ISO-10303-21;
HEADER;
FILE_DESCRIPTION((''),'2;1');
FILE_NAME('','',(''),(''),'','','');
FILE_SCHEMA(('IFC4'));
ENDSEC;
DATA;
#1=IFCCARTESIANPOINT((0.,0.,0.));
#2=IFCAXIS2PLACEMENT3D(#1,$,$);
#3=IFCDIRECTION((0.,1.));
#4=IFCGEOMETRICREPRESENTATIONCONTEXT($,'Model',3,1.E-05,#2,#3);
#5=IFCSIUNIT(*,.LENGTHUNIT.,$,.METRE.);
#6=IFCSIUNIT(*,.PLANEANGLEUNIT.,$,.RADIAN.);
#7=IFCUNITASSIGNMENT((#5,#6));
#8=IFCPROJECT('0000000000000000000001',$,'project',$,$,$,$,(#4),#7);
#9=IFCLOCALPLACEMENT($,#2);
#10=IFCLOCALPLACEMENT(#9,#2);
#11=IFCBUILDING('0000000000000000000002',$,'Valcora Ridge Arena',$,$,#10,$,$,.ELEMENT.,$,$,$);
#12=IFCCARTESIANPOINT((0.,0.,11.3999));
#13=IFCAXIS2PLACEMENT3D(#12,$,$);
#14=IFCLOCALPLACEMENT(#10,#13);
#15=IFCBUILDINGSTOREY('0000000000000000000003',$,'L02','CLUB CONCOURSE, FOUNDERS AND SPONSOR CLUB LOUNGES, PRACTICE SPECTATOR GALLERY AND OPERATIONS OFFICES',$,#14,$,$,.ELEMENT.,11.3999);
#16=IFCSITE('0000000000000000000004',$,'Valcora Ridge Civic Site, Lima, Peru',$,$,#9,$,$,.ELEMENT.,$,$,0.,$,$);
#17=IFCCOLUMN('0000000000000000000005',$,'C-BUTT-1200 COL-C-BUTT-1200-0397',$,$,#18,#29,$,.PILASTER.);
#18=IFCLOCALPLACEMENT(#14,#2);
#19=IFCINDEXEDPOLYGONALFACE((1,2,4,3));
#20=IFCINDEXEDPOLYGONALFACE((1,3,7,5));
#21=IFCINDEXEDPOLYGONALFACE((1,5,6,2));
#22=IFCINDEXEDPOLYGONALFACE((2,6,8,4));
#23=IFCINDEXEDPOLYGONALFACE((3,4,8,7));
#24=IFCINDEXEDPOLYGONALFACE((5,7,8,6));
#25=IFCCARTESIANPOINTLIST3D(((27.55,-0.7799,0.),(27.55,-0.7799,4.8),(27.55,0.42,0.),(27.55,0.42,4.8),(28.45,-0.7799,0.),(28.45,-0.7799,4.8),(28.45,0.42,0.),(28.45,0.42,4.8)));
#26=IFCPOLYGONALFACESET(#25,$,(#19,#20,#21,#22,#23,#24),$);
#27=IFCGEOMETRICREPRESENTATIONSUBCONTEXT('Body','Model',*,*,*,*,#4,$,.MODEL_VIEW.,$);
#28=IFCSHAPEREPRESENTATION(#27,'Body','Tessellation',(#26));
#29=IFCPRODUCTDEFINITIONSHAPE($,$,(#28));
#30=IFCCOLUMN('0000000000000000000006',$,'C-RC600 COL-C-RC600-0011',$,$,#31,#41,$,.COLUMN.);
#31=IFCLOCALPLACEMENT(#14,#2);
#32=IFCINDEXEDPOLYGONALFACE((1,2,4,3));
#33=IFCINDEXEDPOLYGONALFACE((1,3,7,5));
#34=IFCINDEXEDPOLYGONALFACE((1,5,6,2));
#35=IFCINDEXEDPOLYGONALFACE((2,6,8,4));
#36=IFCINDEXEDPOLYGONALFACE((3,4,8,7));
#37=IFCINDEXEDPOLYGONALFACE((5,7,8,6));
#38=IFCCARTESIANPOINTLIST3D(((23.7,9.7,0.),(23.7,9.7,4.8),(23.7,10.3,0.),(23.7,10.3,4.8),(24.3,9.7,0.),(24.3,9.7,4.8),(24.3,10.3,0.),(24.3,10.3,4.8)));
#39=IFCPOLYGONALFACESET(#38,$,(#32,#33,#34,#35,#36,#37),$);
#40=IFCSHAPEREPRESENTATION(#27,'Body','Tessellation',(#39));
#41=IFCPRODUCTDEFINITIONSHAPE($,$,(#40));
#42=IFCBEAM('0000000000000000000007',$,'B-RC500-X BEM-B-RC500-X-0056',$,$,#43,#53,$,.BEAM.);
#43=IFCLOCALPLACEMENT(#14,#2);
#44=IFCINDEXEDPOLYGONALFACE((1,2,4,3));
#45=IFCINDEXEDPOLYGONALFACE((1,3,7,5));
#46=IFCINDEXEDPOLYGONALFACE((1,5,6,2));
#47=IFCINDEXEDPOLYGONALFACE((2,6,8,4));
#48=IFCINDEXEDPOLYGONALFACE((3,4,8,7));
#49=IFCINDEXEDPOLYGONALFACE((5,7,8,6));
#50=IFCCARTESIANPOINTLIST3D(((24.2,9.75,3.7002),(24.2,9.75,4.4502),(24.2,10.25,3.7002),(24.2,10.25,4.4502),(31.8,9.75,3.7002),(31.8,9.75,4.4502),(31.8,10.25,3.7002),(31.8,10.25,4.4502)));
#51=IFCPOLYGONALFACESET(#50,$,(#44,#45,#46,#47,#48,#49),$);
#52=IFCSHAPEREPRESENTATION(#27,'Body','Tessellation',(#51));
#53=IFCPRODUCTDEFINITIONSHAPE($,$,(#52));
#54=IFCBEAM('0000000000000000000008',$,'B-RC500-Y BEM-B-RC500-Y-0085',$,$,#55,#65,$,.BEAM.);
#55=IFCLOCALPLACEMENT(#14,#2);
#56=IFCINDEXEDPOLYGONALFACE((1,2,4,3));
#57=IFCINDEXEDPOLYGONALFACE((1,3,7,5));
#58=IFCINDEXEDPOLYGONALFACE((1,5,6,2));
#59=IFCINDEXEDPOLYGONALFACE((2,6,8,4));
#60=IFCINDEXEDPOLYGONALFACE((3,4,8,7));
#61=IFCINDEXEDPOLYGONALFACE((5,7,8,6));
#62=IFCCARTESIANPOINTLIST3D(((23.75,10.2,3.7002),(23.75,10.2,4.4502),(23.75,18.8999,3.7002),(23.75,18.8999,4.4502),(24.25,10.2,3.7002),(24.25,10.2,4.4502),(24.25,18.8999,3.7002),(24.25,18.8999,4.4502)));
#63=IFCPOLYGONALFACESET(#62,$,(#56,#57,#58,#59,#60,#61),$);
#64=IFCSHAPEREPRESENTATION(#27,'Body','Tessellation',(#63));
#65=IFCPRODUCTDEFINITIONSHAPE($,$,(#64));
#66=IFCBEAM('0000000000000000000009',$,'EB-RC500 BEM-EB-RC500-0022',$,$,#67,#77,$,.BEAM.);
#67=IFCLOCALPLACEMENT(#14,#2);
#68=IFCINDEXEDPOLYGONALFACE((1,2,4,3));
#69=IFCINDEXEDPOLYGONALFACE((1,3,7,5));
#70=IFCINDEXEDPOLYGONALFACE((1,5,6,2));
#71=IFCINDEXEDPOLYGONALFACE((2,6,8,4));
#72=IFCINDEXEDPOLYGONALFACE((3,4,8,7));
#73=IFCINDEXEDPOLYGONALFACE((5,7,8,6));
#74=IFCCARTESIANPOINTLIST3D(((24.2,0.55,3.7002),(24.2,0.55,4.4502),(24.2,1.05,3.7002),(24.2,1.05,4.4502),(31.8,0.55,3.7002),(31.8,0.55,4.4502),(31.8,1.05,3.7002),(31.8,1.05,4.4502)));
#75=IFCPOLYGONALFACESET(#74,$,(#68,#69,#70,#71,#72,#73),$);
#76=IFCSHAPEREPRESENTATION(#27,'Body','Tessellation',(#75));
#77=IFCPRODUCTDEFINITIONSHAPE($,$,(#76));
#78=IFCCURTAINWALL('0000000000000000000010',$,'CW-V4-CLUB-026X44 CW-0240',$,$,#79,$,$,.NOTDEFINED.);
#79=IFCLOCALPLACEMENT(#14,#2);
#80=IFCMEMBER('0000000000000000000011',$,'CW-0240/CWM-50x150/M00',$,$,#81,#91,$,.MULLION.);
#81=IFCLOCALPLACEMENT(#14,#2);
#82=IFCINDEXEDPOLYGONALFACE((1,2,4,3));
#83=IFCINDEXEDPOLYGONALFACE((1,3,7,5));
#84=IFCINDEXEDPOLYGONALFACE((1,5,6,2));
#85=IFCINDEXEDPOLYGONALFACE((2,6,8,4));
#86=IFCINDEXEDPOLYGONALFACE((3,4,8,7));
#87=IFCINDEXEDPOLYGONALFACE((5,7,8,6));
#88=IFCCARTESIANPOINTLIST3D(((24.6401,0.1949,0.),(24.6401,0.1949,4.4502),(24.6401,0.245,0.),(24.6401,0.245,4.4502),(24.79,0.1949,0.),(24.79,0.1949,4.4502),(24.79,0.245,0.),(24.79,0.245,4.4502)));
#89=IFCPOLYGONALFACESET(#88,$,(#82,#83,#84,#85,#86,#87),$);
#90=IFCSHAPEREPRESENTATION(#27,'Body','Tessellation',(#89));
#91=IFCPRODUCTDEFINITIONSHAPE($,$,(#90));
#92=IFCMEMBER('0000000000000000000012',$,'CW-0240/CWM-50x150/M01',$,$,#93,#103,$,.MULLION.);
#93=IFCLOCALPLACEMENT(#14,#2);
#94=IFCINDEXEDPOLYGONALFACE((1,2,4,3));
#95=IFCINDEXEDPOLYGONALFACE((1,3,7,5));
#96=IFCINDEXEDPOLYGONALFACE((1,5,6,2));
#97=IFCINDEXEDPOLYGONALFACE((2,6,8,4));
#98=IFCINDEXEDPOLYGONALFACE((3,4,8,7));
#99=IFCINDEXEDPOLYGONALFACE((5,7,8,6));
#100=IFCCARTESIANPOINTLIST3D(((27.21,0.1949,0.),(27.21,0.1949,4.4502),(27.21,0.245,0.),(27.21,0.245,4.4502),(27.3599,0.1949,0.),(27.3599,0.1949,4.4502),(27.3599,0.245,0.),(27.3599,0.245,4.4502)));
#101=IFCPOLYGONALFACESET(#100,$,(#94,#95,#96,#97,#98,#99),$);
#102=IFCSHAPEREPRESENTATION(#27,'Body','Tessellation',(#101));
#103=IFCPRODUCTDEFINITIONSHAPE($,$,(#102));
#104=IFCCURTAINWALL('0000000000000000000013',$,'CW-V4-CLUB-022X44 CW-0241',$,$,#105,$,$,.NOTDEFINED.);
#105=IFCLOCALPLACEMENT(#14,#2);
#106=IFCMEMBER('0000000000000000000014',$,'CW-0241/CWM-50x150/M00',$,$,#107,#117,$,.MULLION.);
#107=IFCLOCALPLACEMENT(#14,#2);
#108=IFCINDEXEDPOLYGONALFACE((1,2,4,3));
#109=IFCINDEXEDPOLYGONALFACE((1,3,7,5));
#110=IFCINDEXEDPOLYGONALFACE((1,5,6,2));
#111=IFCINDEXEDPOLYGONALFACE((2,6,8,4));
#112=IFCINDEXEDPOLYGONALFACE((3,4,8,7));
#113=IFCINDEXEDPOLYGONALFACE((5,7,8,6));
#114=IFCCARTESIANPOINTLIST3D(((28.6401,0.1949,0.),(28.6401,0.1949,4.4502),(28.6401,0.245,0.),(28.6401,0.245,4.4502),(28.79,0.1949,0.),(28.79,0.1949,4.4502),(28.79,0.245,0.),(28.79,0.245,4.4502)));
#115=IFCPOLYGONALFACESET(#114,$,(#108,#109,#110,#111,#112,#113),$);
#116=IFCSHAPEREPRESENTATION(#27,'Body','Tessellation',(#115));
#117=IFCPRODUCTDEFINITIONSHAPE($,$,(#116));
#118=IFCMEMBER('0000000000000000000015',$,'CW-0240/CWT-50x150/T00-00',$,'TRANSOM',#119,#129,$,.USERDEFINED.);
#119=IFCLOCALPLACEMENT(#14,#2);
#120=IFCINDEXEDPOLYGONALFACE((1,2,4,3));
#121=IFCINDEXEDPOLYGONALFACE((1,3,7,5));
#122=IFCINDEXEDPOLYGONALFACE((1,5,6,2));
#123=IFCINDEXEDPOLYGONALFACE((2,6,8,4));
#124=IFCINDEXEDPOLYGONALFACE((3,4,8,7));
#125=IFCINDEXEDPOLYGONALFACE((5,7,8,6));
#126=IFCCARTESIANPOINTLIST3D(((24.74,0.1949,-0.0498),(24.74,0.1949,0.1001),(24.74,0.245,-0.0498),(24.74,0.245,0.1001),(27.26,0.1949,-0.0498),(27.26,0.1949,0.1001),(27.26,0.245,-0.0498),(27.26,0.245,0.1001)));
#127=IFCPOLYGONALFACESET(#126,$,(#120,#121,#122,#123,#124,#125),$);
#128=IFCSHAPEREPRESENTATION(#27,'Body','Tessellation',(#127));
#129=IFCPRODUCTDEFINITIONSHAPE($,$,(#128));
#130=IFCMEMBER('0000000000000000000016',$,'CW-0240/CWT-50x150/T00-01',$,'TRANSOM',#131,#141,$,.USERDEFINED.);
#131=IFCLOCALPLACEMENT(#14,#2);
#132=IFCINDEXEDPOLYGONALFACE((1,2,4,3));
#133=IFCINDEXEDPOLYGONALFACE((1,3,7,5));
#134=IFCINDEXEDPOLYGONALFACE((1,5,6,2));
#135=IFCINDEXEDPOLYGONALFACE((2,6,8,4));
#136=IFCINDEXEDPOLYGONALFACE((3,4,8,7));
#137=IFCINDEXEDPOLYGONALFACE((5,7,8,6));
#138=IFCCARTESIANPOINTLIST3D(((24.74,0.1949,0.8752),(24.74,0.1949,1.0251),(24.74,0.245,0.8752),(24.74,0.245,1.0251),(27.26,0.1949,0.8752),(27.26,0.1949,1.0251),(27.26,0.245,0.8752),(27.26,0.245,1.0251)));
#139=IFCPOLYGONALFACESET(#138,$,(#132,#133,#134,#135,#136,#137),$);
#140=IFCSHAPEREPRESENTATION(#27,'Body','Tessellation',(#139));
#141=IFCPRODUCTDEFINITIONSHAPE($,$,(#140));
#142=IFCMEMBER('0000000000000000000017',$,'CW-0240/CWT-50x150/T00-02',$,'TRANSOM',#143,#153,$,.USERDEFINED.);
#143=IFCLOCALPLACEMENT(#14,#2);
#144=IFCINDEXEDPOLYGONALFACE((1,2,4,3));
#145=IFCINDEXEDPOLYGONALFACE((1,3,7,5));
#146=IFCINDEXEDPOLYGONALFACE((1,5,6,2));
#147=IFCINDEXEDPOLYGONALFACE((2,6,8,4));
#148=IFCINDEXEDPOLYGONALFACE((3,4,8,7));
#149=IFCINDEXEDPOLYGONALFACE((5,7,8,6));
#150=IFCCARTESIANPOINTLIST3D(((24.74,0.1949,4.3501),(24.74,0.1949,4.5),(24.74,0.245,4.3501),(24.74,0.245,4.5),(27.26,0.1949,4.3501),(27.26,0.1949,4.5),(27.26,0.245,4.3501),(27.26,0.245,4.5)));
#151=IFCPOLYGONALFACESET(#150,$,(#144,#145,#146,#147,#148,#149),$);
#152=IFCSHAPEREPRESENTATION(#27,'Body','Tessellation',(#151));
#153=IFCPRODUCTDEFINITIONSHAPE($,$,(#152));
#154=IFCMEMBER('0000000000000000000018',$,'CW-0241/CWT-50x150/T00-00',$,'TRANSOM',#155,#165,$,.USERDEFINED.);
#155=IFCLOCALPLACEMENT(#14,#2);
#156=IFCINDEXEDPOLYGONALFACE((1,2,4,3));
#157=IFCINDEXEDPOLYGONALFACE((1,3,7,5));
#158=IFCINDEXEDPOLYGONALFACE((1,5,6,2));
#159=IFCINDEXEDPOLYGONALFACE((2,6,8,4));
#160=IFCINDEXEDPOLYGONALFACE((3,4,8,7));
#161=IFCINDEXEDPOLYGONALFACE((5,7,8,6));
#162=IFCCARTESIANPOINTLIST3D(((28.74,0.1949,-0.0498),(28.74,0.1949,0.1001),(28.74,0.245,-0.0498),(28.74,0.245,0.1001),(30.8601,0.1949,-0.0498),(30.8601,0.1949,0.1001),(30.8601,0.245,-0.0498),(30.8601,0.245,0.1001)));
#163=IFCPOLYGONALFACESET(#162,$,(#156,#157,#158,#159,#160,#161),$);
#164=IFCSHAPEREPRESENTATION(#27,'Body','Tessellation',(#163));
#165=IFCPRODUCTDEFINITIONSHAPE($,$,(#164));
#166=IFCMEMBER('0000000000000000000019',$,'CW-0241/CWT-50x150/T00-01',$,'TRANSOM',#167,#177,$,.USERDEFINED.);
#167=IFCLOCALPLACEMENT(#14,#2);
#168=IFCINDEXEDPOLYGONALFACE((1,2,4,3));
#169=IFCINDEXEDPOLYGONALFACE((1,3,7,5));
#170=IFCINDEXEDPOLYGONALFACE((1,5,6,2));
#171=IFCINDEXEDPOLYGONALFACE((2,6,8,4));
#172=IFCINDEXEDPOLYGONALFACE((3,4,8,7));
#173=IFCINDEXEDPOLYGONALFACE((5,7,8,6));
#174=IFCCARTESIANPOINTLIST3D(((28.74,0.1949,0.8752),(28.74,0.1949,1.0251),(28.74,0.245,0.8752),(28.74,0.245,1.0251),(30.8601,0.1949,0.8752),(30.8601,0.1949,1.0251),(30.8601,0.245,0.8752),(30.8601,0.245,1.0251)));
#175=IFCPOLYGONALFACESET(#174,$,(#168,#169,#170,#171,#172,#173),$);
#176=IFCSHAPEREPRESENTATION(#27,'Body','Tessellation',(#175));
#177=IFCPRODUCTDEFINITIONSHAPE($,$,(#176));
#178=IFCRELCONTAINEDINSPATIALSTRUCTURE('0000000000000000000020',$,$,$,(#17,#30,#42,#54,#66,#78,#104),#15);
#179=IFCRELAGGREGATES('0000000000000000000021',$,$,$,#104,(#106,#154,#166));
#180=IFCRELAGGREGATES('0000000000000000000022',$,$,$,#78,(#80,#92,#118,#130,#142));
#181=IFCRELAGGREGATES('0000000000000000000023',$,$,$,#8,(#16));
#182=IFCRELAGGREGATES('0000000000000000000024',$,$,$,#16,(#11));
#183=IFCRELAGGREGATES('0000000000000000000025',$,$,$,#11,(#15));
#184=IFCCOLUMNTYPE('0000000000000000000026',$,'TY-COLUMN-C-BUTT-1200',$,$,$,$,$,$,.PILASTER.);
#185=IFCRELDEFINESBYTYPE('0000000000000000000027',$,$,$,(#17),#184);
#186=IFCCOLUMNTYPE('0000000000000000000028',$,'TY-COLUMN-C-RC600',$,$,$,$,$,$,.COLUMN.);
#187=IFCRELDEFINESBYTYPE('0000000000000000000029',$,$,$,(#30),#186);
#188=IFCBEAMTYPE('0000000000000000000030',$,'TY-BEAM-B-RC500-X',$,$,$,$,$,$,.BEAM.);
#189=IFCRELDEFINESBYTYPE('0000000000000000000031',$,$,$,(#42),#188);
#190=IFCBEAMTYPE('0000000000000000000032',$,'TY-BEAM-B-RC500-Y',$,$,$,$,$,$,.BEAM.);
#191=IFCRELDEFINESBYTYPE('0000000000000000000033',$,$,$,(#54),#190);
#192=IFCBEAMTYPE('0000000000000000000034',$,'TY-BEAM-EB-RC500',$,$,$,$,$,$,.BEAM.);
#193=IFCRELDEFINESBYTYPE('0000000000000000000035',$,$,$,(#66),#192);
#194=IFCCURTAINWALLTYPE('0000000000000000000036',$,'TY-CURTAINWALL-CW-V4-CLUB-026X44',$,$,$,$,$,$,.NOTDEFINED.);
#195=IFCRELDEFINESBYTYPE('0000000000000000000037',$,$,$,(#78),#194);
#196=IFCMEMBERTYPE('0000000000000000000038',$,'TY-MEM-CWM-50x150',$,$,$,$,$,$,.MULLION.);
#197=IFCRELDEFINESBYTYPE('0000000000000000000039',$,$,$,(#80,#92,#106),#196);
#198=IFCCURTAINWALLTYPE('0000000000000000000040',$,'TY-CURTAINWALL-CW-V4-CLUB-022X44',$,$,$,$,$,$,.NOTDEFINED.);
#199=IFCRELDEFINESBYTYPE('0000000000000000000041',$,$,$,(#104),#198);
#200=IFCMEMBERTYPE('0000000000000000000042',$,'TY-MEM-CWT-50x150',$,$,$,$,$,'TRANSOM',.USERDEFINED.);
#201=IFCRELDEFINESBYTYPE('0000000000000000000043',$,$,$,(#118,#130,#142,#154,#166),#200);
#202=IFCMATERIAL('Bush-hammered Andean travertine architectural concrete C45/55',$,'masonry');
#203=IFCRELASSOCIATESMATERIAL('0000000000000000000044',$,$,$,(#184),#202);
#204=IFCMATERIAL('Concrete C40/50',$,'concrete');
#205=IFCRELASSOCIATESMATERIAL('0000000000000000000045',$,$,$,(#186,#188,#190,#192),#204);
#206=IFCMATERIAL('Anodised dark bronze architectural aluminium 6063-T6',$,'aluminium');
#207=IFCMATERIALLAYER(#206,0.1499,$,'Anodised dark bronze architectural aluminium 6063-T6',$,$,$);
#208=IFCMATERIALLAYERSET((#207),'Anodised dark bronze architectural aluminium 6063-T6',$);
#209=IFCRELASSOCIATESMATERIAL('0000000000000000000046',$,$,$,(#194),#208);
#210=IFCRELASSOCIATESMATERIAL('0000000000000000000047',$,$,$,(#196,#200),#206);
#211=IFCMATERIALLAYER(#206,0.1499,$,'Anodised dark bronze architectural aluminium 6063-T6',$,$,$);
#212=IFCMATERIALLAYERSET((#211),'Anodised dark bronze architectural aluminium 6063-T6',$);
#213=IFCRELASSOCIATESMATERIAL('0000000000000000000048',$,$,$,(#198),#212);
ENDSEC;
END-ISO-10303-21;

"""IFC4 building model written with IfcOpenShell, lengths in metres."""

from ifc_helpers import new_model, si_unit, direction, frame, origin, origin_2d, place, context, subcontext, project, spatial, rectangle, extrude, material, layer, layer_set, material_profile, profile_set, type_object, element, aggregate, save


model = new_model("IFC4")

# Units and contexts
model_context = context("Model", 3, precision=1e-05, world=origin(), true_north=direction((0.0, 1.0)))
body_context = subcontext(model_context, "Body", "Model", "MODEL_VIEW")
ifc_project = project(units=[si_unit("LENGTHUNIT", "METRE"), si_unit("PLANEANGLEUNIT", "RADIAN")], contexts=[model_context])

# Site, building, storey
site_placement = place(None, origin())
site = spatial("IfcSite", under=ifc_project, at=site_placement, Name="Valcora Ridge Civic Site, Lima, Peru", CompositionType="ELEMENT", RefElevation=0.0)
building_placement = place(site_placement, origin())
building = spatial("IfcBuilding", under=site, at=building_placement, Name="Valcora Ridge Arena", CompositionType="ELEMENT")
storey_placement = place(building_placement, frame((0.0, 0.0, 11.3999)))
storey = spatial("IfcBuildingStorey", under=building, at=storey_placement, Name="L02", Description="CLUB CONCOURSE, FOUNDERS AND SPONSOR CLUB LOUNGES, PRACTICE SPECTATOR GALLERY AND OPERATIONS OFFICES", CompositionType="ELEMENT", Elevation=11.3999)

# Columns
ifc_material_1 = material(Name="Bush-hammered Andean travertine architectural concrete C45/55", Category="masonry")
ifc_material_profile_1 = material_profile(ifc_material_1, rectangle(XDim=0.8999, YDim=1.2, at=origin_2d()), Name="RC 900x1200")
ifc_profile_set_1 = profile_set([ifc_material_profile_1], Name="Bush-hammered Andean travertine architectural concrete C45/55")
column_type_1 = type_object("IfcColumnType", Name="TY-COLUMN-C-BUTT-1200", PredefinedType="PILASTER", material=ifc_profile_set_1)
column_1_placement = place(storey_placement, frame((28.0, -0.1799, 0.0), z_axis=(0.0, 0.0, 1.0), x_axis=(1.0, 0.0, 0.0)))
element("IfcColumn", 1, at=column_1_placement, inside=storey, type_object=column_type_1, Name="C-BUTT-1200 COL-C-BUTT-1200-0397", PredefinedType="PILASTER", context=body_context, shape_type="SweptSolid", body=[
    extrude(rectangle(XDim=0.8999, YDim=1.2, at=origin_2d()), origin(), (0.0, 0.0, 1.0), 4.8),
])
ifc_material_2 = material(Name="Concrete C40/50", Category="concrete")
ifc_material_profile_2 = material_profile(ifc_material_2, rectangle(XDim=0.6001, YDim=0.6001, at=origin_2d()), Name="RC 600x600")
ifc_profile_set_2 = profile_set([ifc_material_profile_2], Name="Concrete C40/50")
column_type_2 = type_object("IfcColumnType", Name="TY-COLUMN-C-RC600", PredefinedType="COLUMN", material=ifc_profile_set_2)
column_2_placement = place(storey_placement, frame((24.0, 10.0, 0.0), z_axis=(0.0, 0.0, 1.0), x_axis=(1.0, 0.0, 0.0)))
element("IfcColumn", 2, at=column_2_placement, inside=storey, type_object=column_type_2, Name="C-RC600 COL-C-RC600-0011", PredefinedType="COLUMN", context=body_context, shape_type="SweptSolid", body=[
    extrude(rectangle(XDim=0.6001, YDim=0.6001, at=origin_2d()), origin(), (0.0, 0.0, 1.0), 4.8),
])

# Beams
ifc_material_profile_3 = material_profile(ifc_material_2, rectangle(XDim=0.5, YDim=0.75, at=origin_2d()), Name="RC 500x750")
ifc_profile_set_3 = profile_set([ifc_material_profile_3], Name="Concrete C40/50")
beam_type_1 = type_object("IfcBeamType", Name="TY-BEAM-B-RC500-X", PredefinedType="BEAM", material=ifc_profile_set_3)
beam_1_placement = place(storey_placement, frame((24.2, 10.0, 4.0752), z_axis=(1.0, 0.0, 0.0), x_axis=(0.0, 1.0, 0.0)))
element("IfcBeam", 3, at=beam_1_placement, inside=storey, type_object=beam_type_1, Name="B-RC500-X BEM-B-RC500-X-0056", PredefinedType="BEAM", context=body_context, shape_type="SweptSolid", body=[
    extrude(rectangle(XDim=0.5, YDim=0.75, at=origin_2d()), origin(), (0.0, 0.0, 1.0), 7.6001),
])
ifc_material_profile_4 = material_profile(ifc_material_2, rectangle(XDim=0.5, YDim=0.75, at=origin_2d()), Name="RC 500x750")
ifc_profile_set_4 = profile_set([ifc_material_profile_4], Name="Concrete C40/50")
beam_type_2 = type_object("IfcBeamType", Name="TY-BEAM-B-RC500-Y", PredefinedType="BEAM", material=ifc_profile_set_4)
beam_2_placement = place(storey_placement, frame((24.0, 10.2, 4.0752), z_axis=(0.0, 1.0, 0.0), x_axis=(-1.0, 0.0, 0.0)))
element("IfcBeam", 4, at=beam_2_placement, inside=storey, type_object=beam_type_2, Name="B-RC500-Y BEM-B-RC500-Y-0085", PredefinedType="BEAM", context=body_context, shape_type="SweptSolid", body=[
    extrude(rectangle(XDim=0.5, YDim=0.75, at=origin_2d()), origin(), (0.0, 0.0, 1.0), 8.7),
])
ifc_material_profile_5 = material_profile(ifc_material_2, rectangle(XDim=0.5, YDim=0.75, at=origin_2d()), Name="RC 500x750")
ifc_profile_set_5 = profile_set([ifc_material_profile_5], Name="Concrete C40/50")
beam_type_3 = type_object("IfcBeamType", Name="TY-BEAM-EB-RC500", PredefinedType="BEAM", material=ifc_profile_set_5)
beam_3_placement = place(storey_placement, frame((24.2, 0.8, 4.0752), z_axis=(1.0, 0.0, 0.0), x_axis=(0.0, 1.0, 0.0)))
element("IfcBeam", 5, at=beam_3_placement, inside=storey, type_object=beam_type_3, Name="EB-RC500 BEM-EB-RC500-0022", PredefinedType="BEAM", context=body_context, shape_type="SweptSolid", body=[
    extrude(rectangle(XDim=0.5, YDim=0.75, at=origin_2d()), origin(), (0.0, 0.0, 1.0), 7.6001),
])

# Curtain wall, members
ifc_material_3 = material(Name="Anodised dark bronze architectural aluminium 6063-T6", Category="aluminium")
ifc_layer_1 = layer(ifc_material_3, 0.1499, Name="Anodised dark bronze architectural aluminium 6063-T6")
ifc_layer_set_1 = layer_set([ifc_layer_1], Name="Anodised dark bronze architectural aluminium 6063-T6")
curtain_wall_type_1 = type_object("IfcCurtainWallType", Name="TY-CURTAINWALL-CW-V4-CLUB-026X44", PredefinedType="NOTDEFINED", material=ifc_layer_set_1)
curtain_wall_1_placement = place(storey_placement, origin())
curtain_wall_1 = element("IfcCurtainWall", 6, at=curtain_wall_1_placement, inside=storey, type_object=curtain_wall_type_1, Name="CW-V4-CLUB-026X44 CW-0240", PredefinedType="NOTDEFINED")
ifc_material_profile_6 = material_profile(ifc_material_3, rectangle(XDim=0.05, YDim=0.1499, at=origin_2d()), Name="ALU MULLION 50x150")
ifc_profile_set_6 = profile_set([ifc_material_profile_6], Name="Anodised dark bronze architectural aluminium 6063-T6")
member_type_1 = type_object("IfcMemberType", Name="TY-MEM-CWM-50x150", PredefinedType="MULLION", material=ifc_profile_set_6)
member_1_placement = place(storey_placement, frame((24.7151, 0.22, 0.0), z_axis=(0.0, 0.0, 1.0), x_axis=(0.0, 1.0, 0.0)))
member_1 = element("IfcMember", 7, at=member_1_placement, type_object=member_type_1, Name="CW-0240/CWM-50x150/M00", PredefinedType="MULLION", context=body_context, shape_type="SweptSolid", body=[
    extrude(rectangle(XDim=0.05, YDim=0.1499, at=origin_2d()), origin(), (0.0, 0.0, 1.0), 4.4502),
])
member_2_placement = place(storey_placement, frame((27.2849, 0.22, 0.0), z_axis=(0.0, 0.0, 1.0), x_axis=(0.0, 1.0, 0.0)))
member_2 = element("IfcMember", 8, at=member_2_placement, type_object=member_type_1, Name="CW-0240/CWM-50x150/M01", PredefinedType="MULLION", context=body_context, shape_type="SweptSolid", body=[
    extrude(rectangle(XDim=0.05, YDim=0.1499, at=origin_2d()), origin(), (0.0, 0.0, 1.0), 4.4502),
])

# Curtain wall, member
ifc_layer_2 = layer(ifc_material_3, 0.1499, Name="Anodised dark bronze architectural aluminium 6063-T6")
ifc_layer_set_2 = layer_set([ifc_layer_2], Name="Anodised dark bronze architectural aluminium 6063-T6")
curtain_wall_type_2 = type_object("IfcCurtainWallType", Name="TY-CURTAINWALL-CW-V4-CLUB-022X44", PredefinedType="NOTDEFINED", material=ifc_layer_set_2)
curtain_wall_2_placement = place(storey_placement, origin())
curtain_wall_2 = element("IfcCurtainWall", 9, at=curtain_wall_2_placement, inside=storey, type_object=curtain_wall_type_2, Name="CW-V4-CLUB-022X44 CW-0241", PredefinedType="NOTDEFINED")
member_3_placement = place(storey_placement, frame((28.7151, 0.22, 0.0), z_axis=(0.0, 0.0, 1.0), x_axis=(0.0, 1.0, 0.0)))
member_3 = element("IfcMember", 10, at=member_3_placement, type_object=member_type_1, Name="CW-0241/CWM-50x150/M00", PredefinedType="MULLION", context=body_context, shape_type="SweptSolid", body=[
    extrude(rectangle(XDim=0.05, YDim=0.1499, at=origin_2d()), origin(), (0.0, 0.0, 1.0), 4.4502),
])

# Members
ifc_material_profile_7 = material_profile(ifc_material_3, rectangle(XDim=0.05, YDim=0.1499, at=origin_2d()), Name="ALU TRANSOM 50x150")
ifc_profile_set_7 = profile_set([ifc_material_profile_7], Name="Anodised dark bronze architectural aluminium 6063-T6")
member_type_2 = type_object("IfcMemberType", Name="TY-MEM-CWT-50x150", ElementType="TRANSOM", PredefinedType="USERDEFINED", material=ifc_profile_set_7)
member_4_placement = place(storey_placement, frame((24.74, 0.22, 0.0251), z_axis=(1.0, 0.0, 0.0), x_axis=(0.0, 1.0, 0.0)))
member_4 = element("IfcMember", 11, at=member_4_placement, type_object=member_type_2, Name="CW-0240/CWT-50x150/T00-00", ObjectType="TRANSOM", PredefinedType="USERDEFINED", context=body_context, shape_type="SweptSolid", body=[
    extrude(rectangle(XDim=0.05, YDim=0.1499, at=origin_2d()), origin(), (0.0, 0.0, 1.0), 2.52),
])
member_5_placement = place(storey_placement, frame((24.74, 0.22, 0.9502), z_axis=(1.0, 0.0, 0.0), x_axis=(0.0, 1.0, 0.0)))
member_5 = element("IfcMember", 12, at=member_5_placement, type_object=member_type_2, Name="CW-0240/CWT-50x150/T00-01", ObjectType="TRANSOM", PredefinedType="USERDEFINED", context=body_context, shape_type="SweptSolid", body=[
    extrude(rectangle(XDim=0.05, YDim=0.1499, at=origin_2d()), origin(), (0.0, 0.0, 1.0), 2.52),
])
member_6_placement = place(storey_placement, frame((24.74, 0.22, 4.425), z_axis=(1.0, 0.0, 0.0), x_axis=(0.0, 1.0, 0.0)))
member_6 = element("IfcMember", 13, at=member_6_placement, type_object=member_type_2, Name="CW-0240/CWT-50x150/T00-02", ObjectType="TRANSOM", PredefinedType="USERDEFINED", context=body_context, shape_type="SweptSolid", body=[
    extrude(rectangle(XDim=0.05, YDim=0.1499, at=origin_2d()), origin(), (0.0, 0.0, 1.0), 2.52),
])
member_7_placement = place(storey_placement, frame((28.74, 0.22, 0.0251), z_axis=(1.0, 0.0, 0.0), x_axis=(0.0, 1.0, 0.0)))
member_7 = element("IfcMember", 14, at=member_7_placement, type_object=member_type_2, Name="CW-0241/CWT-50x150/T00-00", ObjectType="TRANSOM", PredefinedType="USERDEFINED", context=body_context, shape_type="SweptSolid", body=[
    extrude(rectangle(XDim=0.05, YDim=0.1499, at=origin_2d()), origin(), (0.0, 0.0, 1.0), 2.1201),
])
member_8_placement = place(storey_placement, frame((28.74, 0.22, 0.9502), z_axis=(1.0, 0.0, 0.0), x_axis=(0.0, 1.0, 0.0)))
member_8 = element("IfcMember", 15, at=member_8_placement, type_object=member_type_2, Name="CW-0241/CWT-50x150/T00-01", ObjectType="TRANSOM", PredefinedType="USERDEFINED", context=body_context, shape_type="SweptSolid", body=[
    extrude(rectangle(XDim=0.05, YDim=0.1499, at=origin_2d()), origin(), (0.0, 0.0, 1.0), 2.1201),
])
aggregate(curtain_wall_2, [member_3, member_7, member_8])

aggregate(curtain_wall_1, [member_1, member_2, member_4, member_5, member_6])

save(model, "model.ifc")
